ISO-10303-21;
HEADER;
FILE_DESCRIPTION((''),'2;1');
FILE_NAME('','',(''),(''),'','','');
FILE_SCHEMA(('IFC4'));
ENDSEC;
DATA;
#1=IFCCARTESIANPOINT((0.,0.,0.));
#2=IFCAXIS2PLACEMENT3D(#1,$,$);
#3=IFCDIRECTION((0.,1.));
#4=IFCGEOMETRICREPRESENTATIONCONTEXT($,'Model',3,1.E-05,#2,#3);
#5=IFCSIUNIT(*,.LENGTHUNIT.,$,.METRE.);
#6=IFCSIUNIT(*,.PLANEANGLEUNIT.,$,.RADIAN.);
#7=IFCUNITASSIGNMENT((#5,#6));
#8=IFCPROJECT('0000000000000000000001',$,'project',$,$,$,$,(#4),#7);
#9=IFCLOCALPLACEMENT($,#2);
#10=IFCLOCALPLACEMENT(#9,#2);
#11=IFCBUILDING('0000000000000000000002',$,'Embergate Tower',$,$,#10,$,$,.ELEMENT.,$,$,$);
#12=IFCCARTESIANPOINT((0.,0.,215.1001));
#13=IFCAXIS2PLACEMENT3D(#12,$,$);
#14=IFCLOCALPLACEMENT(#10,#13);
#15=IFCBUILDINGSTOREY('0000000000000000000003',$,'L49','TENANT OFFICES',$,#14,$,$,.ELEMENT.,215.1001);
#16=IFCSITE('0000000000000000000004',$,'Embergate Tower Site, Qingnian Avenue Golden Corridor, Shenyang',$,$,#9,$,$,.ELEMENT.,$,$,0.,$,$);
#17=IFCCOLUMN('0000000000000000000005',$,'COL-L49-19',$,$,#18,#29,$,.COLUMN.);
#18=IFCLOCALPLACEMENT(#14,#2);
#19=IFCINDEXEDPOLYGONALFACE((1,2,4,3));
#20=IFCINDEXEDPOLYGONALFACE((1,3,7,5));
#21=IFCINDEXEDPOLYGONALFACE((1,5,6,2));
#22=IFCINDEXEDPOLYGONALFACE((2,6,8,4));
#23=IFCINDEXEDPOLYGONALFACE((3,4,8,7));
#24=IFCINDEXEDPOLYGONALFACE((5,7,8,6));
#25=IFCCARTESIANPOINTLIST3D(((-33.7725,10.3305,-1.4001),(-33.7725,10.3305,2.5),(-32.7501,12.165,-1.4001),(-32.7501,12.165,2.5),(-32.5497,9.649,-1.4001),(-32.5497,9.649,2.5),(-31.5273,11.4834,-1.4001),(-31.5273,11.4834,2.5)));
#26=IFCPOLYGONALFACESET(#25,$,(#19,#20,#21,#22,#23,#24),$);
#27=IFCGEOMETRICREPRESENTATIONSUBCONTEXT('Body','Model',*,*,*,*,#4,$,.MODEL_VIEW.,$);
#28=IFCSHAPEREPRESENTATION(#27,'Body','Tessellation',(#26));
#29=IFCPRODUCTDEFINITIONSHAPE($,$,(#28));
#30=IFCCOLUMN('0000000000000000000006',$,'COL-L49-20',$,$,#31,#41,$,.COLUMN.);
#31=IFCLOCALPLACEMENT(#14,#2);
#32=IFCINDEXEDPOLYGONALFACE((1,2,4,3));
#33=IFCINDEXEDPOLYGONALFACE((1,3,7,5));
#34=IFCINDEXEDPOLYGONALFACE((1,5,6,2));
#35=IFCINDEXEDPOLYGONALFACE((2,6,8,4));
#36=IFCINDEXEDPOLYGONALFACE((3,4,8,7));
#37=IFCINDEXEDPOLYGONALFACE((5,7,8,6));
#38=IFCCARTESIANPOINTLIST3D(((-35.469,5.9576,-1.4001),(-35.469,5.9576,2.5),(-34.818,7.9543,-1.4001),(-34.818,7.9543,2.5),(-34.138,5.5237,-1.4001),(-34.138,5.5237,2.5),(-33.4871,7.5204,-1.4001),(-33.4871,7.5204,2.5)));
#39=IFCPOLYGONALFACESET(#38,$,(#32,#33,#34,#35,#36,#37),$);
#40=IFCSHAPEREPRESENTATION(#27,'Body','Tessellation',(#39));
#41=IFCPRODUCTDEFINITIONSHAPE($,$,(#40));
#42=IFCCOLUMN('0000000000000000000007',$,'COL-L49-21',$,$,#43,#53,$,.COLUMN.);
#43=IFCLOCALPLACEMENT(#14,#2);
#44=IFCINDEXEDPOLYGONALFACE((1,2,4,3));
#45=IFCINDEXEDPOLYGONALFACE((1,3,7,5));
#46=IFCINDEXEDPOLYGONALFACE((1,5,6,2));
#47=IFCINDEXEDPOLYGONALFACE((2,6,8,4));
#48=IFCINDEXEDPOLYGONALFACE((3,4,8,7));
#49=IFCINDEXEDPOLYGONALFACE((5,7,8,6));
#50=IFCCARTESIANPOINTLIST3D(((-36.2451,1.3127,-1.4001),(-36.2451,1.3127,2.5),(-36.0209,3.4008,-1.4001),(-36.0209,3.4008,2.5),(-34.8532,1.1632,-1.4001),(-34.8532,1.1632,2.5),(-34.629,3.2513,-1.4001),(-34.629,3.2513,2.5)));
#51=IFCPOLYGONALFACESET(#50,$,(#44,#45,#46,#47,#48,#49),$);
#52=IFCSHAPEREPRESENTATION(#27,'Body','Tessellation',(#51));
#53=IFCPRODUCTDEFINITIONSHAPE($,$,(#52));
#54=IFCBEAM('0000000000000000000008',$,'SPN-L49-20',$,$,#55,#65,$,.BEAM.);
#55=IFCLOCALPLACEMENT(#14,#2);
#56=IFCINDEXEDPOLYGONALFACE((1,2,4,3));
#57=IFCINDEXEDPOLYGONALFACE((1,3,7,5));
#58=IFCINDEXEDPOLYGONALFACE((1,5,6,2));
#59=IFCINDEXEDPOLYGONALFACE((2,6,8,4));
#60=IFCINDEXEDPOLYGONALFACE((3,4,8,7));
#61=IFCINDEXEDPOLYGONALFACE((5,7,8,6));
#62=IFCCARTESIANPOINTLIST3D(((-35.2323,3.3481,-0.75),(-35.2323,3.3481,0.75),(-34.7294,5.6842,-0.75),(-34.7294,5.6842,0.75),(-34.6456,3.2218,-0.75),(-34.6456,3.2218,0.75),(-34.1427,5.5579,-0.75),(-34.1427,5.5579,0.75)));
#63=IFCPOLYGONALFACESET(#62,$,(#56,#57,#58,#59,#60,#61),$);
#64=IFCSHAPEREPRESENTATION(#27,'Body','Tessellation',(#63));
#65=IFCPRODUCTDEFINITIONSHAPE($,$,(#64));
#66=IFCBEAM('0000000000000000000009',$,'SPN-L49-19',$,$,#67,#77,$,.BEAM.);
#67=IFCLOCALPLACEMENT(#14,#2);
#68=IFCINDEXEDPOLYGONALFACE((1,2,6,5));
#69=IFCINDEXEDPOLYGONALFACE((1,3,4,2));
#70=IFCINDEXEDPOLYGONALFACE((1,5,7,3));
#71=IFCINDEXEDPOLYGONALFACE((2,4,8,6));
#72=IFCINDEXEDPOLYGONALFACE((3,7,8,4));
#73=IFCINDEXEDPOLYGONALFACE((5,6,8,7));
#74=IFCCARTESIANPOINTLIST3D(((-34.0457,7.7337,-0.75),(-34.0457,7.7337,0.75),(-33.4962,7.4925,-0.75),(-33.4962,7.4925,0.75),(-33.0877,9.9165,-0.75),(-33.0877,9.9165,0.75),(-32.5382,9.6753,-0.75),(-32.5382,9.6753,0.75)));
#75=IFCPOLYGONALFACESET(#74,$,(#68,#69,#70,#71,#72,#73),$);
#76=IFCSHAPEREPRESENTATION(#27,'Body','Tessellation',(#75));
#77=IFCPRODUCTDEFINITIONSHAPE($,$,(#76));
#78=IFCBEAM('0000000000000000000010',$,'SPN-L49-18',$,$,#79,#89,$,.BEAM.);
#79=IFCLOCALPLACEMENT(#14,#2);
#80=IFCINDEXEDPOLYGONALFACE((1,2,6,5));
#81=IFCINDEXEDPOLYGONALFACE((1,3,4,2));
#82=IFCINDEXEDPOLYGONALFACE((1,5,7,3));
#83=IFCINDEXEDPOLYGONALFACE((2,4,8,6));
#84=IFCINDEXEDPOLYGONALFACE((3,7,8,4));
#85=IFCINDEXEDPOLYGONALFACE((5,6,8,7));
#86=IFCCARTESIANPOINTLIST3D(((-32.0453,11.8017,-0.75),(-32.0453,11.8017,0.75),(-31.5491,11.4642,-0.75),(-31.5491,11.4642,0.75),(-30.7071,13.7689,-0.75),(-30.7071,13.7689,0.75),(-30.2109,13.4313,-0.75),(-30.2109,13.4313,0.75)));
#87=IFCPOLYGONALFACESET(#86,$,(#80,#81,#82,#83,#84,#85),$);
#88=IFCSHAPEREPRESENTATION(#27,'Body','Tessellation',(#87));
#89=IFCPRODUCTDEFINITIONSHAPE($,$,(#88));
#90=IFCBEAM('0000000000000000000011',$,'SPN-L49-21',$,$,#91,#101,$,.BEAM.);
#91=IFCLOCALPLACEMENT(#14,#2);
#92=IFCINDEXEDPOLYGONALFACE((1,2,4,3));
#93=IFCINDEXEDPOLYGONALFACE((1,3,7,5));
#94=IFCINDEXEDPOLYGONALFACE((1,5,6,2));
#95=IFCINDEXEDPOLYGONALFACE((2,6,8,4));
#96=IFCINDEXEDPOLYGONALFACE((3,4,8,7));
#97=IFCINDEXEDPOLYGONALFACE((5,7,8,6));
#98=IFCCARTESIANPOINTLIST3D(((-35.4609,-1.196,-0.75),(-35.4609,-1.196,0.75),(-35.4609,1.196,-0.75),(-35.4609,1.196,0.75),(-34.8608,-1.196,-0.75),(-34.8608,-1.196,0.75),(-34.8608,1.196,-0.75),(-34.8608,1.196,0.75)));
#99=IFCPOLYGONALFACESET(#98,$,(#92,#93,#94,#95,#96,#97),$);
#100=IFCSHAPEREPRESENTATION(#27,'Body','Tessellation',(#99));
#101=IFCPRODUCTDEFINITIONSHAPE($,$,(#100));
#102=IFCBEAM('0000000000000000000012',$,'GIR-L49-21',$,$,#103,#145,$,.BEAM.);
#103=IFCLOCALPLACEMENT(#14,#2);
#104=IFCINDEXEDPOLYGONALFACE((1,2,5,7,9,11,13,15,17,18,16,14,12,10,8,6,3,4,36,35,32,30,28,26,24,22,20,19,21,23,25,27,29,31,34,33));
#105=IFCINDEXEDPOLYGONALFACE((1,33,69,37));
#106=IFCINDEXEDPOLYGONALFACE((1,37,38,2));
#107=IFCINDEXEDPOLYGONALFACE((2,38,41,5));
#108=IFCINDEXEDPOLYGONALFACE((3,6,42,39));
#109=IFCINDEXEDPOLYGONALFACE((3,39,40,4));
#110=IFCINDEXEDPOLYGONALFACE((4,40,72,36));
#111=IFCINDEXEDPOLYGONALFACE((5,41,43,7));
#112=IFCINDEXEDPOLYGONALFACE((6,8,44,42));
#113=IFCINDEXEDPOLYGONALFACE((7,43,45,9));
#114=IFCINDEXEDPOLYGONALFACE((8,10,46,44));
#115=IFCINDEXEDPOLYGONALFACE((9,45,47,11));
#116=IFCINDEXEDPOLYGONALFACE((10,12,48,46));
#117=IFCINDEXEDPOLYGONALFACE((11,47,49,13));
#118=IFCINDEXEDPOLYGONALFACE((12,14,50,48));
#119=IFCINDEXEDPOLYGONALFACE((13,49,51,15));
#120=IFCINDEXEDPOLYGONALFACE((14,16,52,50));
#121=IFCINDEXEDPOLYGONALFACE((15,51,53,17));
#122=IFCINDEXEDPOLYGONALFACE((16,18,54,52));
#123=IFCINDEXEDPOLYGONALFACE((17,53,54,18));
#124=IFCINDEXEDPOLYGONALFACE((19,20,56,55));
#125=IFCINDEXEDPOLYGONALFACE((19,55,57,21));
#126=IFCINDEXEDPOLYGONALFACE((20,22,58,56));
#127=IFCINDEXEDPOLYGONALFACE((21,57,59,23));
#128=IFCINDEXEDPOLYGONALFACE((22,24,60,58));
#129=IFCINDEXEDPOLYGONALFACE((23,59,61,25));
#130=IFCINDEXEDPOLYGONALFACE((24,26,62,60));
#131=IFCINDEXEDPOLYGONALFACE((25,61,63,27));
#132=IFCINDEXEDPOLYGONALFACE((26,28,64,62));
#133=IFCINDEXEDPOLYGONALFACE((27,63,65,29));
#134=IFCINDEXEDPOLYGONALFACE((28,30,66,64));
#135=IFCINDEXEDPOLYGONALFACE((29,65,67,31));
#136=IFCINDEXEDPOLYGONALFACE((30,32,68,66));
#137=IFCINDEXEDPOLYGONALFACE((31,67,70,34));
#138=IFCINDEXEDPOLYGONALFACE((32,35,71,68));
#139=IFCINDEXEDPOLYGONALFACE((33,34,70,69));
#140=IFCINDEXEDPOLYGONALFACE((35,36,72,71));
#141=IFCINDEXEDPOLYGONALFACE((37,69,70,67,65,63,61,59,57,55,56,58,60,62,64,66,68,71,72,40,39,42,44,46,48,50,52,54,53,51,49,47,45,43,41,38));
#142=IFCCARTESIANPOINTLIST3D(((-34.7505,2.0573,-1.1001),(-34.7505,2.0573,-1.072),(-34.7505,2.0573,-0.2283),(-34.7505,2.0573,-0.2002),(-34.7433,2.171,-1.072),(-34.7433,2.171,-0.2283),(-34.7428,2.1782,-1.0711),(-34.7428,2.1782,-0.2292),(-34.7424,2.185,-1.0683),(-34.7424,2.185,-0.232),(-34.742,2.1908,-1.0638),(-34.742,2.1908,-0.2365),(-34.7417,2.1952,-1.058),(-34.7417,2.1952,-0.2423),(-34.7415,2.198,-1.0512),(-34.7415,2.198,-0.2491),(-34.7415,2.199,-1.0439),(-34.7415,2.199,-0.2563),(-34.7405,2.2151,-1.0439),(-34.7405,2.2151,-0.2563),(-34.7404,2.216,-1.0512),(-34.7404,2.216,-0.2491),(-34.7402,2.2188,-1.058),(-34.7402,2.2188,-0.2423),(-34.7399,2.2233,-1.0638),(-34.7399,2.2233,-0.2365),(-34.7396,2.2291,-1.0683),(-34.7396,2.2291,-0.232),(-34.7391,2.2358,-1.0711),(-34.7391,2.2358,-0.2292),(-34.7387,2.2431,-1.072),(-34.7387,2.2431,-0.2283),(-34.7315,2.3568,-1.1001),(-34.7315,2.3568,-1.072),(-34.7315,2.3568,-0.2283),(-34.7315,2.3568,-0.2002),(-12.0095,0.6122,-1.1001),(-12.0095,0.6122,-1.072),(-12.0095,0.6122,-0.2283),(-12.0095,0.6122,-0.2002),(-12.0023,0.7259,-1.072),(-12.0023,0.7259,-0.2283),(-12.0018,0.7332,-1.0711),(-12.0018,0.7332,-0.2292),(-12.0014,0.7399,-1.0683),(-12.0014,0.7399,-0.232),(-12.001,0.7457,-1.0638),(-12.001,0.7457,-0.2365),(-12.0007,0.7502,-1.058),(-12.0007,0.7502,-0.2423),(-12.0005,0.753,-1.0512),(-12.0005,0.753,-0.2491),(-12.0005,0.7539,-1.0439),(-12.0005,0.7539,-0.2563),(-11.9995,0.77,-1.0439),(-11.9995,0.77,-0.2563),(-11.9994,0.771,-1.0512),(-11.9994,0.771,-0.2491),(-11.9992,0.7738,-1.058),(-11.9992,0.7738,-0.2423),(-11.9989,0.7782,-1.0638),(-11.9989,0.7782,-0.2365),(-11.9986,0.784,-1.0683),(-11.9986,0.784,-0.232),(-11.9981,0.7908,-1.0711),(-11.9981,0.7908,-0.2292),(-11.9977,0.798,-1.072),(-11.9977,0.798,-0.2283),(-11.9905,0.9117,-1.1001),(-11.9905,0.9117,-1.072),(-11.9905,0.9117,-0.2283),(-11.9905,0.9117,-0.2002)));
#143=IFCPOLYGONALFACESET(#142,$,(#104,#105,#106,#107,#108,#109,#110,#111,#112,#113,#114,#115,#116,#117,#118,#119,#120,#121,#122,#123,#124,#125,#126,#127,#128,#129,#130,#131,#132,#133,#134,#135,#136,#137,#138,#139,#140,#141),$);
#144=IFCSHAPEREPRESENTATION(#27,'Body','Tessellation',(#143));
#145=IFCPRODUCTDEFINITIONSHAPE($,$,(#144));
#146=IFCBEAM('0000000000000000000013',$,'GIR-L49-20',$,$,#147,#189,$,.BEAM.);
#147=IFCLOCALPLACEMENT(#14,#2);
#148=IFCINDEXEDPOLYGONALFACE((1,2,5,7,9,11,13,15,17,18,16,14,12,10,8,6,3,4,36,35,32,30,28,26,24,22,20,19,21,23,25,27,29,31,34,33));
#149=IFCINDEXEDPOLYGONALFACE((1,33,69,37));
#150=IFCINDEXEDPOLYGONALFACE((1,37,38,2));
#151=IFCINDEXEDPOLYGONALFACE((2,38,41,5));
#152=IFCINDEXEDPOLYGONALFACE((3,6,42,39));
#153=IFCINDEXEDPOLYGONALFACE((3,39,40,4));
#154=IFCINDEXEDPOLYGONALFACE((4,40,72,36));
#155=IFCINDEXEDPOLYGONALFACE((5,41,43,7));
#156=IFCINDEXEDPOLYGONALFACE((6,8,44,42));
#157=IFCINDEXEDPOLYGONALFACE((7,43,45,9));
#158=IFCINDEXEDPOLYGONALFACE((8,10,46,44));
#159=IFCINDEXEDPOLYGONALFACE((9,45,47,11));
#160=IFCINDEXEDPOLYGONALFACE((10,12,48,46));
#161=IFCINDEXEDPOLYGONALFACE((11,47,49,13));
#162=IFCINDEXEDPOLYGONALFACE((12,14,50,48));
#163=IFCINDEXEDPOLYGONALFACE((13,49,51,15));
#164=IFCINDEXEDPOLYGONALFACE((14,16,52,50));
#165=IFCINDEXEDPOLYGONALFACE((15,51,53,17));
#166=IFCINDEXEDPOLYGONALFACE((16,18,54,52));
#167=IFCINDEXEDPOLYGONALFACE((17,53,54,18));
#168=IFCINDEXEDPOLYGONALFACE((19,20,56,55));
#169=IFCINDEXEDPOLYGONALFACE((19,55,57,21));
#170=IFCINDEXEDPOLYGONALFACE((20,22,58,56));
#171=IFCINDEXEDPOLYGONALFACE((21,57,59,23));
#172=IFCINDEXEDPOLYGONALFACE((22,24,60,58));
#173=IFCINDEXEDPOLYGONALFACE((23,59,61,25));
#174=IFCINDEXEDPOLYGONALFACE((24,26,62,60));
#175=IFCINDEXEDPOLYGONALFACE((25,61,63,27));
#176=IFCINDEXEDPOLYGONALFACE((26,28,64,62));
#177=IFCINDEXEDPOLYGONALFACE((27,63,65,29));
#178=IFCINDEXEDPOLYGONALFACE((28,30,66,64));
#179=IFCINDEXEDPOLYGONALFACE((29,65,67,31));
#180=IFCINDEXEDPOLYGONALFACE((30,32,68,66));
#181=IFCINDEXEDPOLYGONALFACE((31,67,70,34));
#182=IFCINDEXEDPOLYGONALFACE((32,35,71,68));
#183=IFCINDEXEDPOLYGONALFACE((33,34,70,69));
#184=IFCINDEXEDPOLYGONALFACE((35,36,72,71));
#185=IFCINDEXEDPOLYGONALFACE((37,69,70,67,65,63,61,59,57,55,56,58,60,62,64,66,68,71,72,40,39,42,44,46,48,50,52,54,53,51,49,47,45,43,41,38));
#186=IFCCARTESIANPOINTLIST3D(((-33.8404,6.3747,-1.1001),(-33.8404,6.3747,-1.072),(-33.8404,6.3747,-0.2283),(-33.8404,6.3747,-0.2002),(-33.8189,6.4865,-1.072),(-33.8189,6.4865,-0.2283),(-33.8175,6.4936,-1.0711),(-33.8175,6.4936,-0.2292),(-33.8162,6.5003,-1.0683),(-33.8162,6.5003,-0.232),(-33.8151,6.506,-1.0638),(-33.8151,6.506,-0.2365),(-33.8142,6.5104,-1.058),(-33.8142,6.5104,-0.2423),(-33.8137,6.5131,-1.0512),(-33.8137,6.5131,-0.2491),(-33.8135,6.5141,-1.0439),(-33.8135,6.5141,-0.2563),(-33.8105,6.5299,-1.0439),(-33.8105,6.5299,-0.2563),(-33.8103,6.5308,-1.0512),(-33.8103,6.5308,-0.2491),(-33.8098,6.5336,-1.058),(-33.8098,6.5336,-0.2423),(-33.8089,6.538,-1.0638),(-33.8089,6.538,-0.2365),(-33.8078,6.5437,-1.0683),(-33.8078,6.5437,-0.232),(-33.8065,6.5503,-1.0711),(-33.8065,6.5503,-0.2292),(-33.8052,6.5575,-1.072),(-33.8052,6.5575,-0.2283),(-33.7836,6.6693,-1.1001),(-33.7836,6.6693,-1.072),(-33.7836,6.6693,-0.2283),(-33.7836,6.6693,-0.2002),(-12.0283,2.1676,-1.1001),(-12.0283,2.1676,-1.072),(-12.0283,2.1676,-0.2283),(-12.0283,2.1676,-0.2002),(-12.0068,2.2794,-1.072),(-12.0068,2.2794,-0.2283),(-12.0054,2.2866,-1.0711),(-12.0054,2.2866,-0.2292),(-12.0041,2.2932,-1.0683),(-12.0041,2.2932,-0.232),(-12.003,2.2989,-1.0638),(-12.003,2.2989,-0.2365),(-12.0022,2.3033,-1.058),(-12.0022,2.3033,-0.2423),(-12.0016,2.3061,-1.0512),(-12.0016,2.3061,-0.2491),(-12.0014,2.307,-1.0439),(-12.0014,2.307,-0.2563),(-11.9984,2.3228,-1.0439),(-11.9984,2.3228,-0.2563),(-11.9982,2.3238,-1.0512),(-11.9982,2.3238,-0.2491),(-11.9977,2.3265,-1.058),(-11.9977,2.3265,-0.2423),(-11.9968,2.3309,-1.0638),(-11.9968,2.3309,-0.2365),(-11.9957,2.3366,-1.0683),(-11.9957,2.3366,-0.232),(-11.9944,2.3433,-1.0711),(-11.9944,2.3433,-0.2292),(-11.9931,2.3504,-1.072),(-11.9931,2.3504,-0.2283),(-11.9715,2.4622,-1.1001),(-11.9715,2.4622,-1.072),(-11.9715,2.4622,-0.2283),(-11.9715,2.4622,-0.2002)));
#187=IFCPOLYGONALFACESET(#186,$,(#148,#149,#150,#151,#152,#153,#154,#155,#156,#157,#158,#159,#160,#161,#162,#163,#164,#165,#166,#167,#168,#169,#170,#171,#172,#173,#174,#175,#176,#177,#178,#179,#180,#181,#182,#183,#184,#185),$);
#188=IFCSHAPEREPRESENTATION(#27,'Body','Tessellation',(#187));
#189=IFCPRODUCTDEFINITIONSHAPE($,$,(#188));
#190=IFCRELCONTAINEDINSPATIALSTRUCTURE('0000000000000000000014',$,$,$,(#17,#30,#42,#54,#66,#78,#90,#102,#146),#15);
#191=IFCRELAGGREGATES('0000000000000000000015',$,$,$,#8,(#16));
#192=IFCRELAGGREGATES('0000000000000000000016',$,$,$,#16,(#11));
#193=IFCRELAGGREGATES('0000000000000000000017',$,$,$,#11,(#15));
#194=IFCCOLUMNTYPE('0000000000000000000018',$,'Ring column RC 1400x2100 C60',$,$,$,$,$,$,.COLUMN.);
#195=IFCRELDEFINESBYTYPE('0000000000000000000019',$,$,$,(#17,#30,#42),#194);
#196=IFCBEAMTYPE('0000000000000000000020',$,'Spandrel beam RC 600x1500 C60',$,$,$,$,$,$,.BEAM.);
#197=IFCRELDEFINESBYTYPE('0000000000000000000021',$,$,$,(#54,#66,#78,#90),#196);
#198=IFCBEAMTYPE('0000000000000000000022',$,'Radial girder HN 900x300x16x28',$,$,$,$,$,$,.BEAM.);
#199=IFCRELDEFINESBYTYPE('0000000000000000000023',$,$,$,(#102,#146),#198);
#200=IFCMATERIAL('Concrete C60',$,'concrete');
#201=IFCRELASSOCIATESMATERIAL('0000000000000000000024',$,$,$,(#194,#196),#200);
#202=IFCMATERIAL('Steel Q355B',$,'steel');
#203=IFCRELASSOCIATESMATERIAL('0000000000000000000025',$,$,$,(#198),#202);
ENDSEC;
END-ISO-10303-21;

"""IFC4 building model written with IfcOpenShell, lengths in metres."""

from ifc_helpers import new_model, si_unit, direction, frame, origin, origin_2d, place, context, subcontext, project, spatial, rectangle, i_section, extrude, source, transform, mapped, material, material_profile, profile_set, type_object, element, save


model = new_model("IFC4")

# Units and contexts
model_context = context("Model", 3, precision=1e-05, world=origin(), true_north=direction((0.0, 1.0)))
body_context = subcontext(model_context, "Body", "Model", "MODEL_VIEW")
ifc_project = project(units=[si_unit("LENGTHUNIT", "METRE"), si_unit("PLANEANGLEUNIT", "RADIAN")], contexts=[model_context])

# Site, building, storey
site_placement = place(None, origin())
site = spatial("IfcSite", under=ifc_project, at=site_placement, Name="Embergate Tower Site, Qingnian Avenue Golden Corridor, Shenyang", CompositionType="ELEMENT", RefElevation=0.0)
building_placement = place(site_placement, origin())
building = spatial("IfcBuilding", under=site, at=building_placement, Name="Embergate Tower", CompositionType="ELEMENT")
storey_placement = place(building_placement, frame((0.0, 0.0, 215.1001)))
storey = spatial("IfcBuildingStorey", under=building, at=storey_placement, Name="L49", Description="TENANT OFFICES", CompositionType="ELEMENT", Elevation=215.1001)

# Columns
ifc_material_1 = material(Name="Concrete C60", Category="concrete")
ifc_material_profile_1 = material_profile(ifc_material_1, rectangle(XDim=1.3999, YDim=2.1001, at=origin_2d()), Name="RC 1400x2100")
ifc_profile_set_1 = profile_set([ifc_material_profile_1], Name="Concrete C60")
column_type = type_object("IfcColumnType", Name="Ring column RC 1400x2100 C60", PredefinedType="COLUMN", material=ifc_profile_set_1)
shared_shape_1 = source(origin(), body_context, "Body", "SweptSolid", [
    extrude(rectangle(XDim=1.3999, YDim=2.1001, at=origin_2d()), origin(), (0.0, 0.0, 1.0), 3.9001),
])
for number, where, z_axis, x_axis, name in (
    (1, (-32.6499, 10.907, -1.4001), (0.0, 0.0, 1.0), (-0.8735, 0.486823, 0.0), "COL-L49-19"),
    (2, (-34.478, 6.739, -1.4001), (0.0, 0.0, 1.0), (-0.950754, 0.309946, 0.0), "COL-L49-20"),
    (3, (-35.437, 2.282, -1.4001), (0.0, 0.0, 1.0), (-0.994286, 0.10675, 0.0), "COL-L49-21"),
):
    element("IfcColumn", number, at=place(storey_placement, frame(where, z_axis=z_axis, x_axis=x_axis)), inside=storey, type_object=column_type, Name=name, PredefinedType="COLUMN", context=body_context, shape_type="MappedRepresentation", body=[
        mapped(shared_shape_1, transform((0.0, 0.0, 0.0))),
    ])

# Beams
ifc_material_profile_2 = material_profile(ifc_material_1, rectangle(XDim=0.6001, YDim=1.5, at=origin_2d()), Name="RC 600x1500")
ifc_profile_set_2 = profile_set([ifc_material_profile_2], Name="Concrete C60")
beam_type_1 = type_object("IfcBeamType", Name="Spandrel beam RC 600x1500 C60", PredefinedType="BEAM", material=ifc_profile_set_2)
shared_shape_2 = source(origin(), body_context, "Body", "SweptSolid", [
    extrude(rectangle(XDim=0.6001, YDim=1.5, at=origin_2d()), origin(), (0.0, 0.0, 1.0), 2.3896),
])
beam_1_placement = place(storey_placement, frame((-34.436, 5.6211, 0.0), z_axis=(-0.210457, -0.977603, 0.0), x_axis=(0.977603, -0.210457, 0.0)))
element("IfcBeam", 4, at=beam_1_placement, inside=storey, type_object=beam_type_1, Name="SPN-L49-20", PredefinedType="BEAM", context=body_context, shape_type="MappedRepresentation", body=[
    mapped(shared_shape_2, transform((0.0, 0.0, 0.0))),
])
shared_shape_3 = source(origin(), body_context, "Body", "SweptSolid", [
    extrude(rectangle(XDim=0.6001, YDim=1.5, at=origin_2d()), origin(), (0.0, 0.0, 1.0), 2.3838),
])
beam_2_placement = place(storey_placement, frame((-32.813, 9.7959, 0.0), z_axis=(-0.401877, -0.915694, 0.0), x_axis=(0.915694, -0.401877, 0.0)))
element("IfcBeam", 5, at=beam_2_placement, inside=storey, type_object=beam_type_1, Name="SPN-L49-19", PredefinedType="BEAM", context=body_context, shape_type="MappedRepresentation", body=[
    mapped(shared_shape_3, transform((0.0, 0.0, 0.0))),
])
shared_shape_4 = source(origin(), body_context, "Body", "SweptSolid", [
    extrude(rectangle(XDim=0.6001, YDim=1.5, at=origin_2d()), origin(), (0.0, 0.0, 1.0), 2.3792),
])
beam_3_placement = place(storey_placement, frame((-30.459, 13.6001, 0.0), z_axis=(-0.562467, -0.82682, 0.0), x_axis=(0.82682, -0.562467, 0.0)))
element("IfcBeam", 6, at=beam_3_placement, inside=storey, type_object=beam_type_1, Name="SPN-L49-18", PredefinedType="BEAM", context=body_context, shape_type="MappedRepresentation", body=[
    mapped(shared_shape_4, transform((0.0, 0.0, 0.0))),
])
shared_shape_5 = source(origin(), body_context, "Body", "SweptSolid", [
    extrude(rectangle(XDim=0.6001, YDim=1.5, at=origin_2d()), origin(), (0.0, 0.0, 1.0), 2.3921),
])
beam_4_placement = place(storey_placement, frame((-35.1609, 1.196, 0.0), z_axis=(0.0, -1.0, 0.0), x_axis=(1.0, 0.0, 0.0)))
element("IfcBeam", 7, at=beam_4_placement, inside=storey, type_object=beam_type_1, Name="SPN-L49-21", PredefinedType="BEAM", context=body_context, shape_type="MappedRepresentation", body=[
    mapped(shared_shape_5, transform((0.0, 0.0, 0.0))),
])
ifc_material_2 = material(Name="Steel Q355B", Category="steel")
ifc_material_profile_3 = material_profile(ifc_material_2, i_section(OverallWidth=0.3, OverallDepth=0.8999, WebThickness=0.0161, FlangeThickness=0.0281, FilletRadius=0.0281, at=origin_2d()), Name="HN 900x300x16x28")
ifc_profile_set_3 = profile_set([ifc_material_profile_3], Name="Steel Q355 grade B")
beam_type_2 = type_object("IfcBeamType", Name="Radial girder HN 900x300x16x28", PredefinedType="BEAM", material=ifc_profile_set_3)
shared_shape_6 = source(origin(), body_context, "Body", "SweptSolid", [
    extrude(i_section(OverallWidth=0.3, OverallDepth=0.8999, WebThickness=0.0161, FlangeThickness=0.0281, FilletRadius=0.0281, at=origin_2d()), origin(), (0.0, 0.0, 1.0), 22.7869),
])
beam_5_placement = place(storey_placement, frame((-34.741, 2.207, -0.6501), z_axis=(0.997987, -0.063417, 0.0), x_axis=(0.063417, 0.997987, 0.0)))
element("IfcBeam", 8, at=beam_5_placement, inside=storey, type_object=beam_type_2, Name="GIR-L49-21", PredefinedType="BEAM", context=body_context, shape_type="MappedRepresentation", body=[
    mapped(shared_shape_6, transform((0.0, 0.0, 0.0))),
])
shared_shape_7 = source(origin(), body_context, "Body", "SweptSolid", [
    extrude(i_section(OverallWidth=0.3, OverallDepth=0.8999, WebThickness=0.0161, FlangeThickness=0.0281, FilletRadius=0.0281, at=origin_2d()), origin(), (0.0, 0.0, 1.0), 22.2141),
])
beam_6_placement = place(storey_placement, frame((-33.812, 6.522, -0.6501), z_axis=(0.981903, -0.189386, 0.0), x_axis=(0.189386, 0.981903, 0.0)))
element("IfcBeam", 9, at=beam_6_placement, inside=storey, type_object=beam_type_2, Name="GIR-L49-20", PredefinedType="BEAM", context=body_context, shape_type="MappedRepresentation", body=[
    mapped(shared_shape_7, transform((0.0, 0.0, 0.0))),
])

save(model, "model.ifc")
